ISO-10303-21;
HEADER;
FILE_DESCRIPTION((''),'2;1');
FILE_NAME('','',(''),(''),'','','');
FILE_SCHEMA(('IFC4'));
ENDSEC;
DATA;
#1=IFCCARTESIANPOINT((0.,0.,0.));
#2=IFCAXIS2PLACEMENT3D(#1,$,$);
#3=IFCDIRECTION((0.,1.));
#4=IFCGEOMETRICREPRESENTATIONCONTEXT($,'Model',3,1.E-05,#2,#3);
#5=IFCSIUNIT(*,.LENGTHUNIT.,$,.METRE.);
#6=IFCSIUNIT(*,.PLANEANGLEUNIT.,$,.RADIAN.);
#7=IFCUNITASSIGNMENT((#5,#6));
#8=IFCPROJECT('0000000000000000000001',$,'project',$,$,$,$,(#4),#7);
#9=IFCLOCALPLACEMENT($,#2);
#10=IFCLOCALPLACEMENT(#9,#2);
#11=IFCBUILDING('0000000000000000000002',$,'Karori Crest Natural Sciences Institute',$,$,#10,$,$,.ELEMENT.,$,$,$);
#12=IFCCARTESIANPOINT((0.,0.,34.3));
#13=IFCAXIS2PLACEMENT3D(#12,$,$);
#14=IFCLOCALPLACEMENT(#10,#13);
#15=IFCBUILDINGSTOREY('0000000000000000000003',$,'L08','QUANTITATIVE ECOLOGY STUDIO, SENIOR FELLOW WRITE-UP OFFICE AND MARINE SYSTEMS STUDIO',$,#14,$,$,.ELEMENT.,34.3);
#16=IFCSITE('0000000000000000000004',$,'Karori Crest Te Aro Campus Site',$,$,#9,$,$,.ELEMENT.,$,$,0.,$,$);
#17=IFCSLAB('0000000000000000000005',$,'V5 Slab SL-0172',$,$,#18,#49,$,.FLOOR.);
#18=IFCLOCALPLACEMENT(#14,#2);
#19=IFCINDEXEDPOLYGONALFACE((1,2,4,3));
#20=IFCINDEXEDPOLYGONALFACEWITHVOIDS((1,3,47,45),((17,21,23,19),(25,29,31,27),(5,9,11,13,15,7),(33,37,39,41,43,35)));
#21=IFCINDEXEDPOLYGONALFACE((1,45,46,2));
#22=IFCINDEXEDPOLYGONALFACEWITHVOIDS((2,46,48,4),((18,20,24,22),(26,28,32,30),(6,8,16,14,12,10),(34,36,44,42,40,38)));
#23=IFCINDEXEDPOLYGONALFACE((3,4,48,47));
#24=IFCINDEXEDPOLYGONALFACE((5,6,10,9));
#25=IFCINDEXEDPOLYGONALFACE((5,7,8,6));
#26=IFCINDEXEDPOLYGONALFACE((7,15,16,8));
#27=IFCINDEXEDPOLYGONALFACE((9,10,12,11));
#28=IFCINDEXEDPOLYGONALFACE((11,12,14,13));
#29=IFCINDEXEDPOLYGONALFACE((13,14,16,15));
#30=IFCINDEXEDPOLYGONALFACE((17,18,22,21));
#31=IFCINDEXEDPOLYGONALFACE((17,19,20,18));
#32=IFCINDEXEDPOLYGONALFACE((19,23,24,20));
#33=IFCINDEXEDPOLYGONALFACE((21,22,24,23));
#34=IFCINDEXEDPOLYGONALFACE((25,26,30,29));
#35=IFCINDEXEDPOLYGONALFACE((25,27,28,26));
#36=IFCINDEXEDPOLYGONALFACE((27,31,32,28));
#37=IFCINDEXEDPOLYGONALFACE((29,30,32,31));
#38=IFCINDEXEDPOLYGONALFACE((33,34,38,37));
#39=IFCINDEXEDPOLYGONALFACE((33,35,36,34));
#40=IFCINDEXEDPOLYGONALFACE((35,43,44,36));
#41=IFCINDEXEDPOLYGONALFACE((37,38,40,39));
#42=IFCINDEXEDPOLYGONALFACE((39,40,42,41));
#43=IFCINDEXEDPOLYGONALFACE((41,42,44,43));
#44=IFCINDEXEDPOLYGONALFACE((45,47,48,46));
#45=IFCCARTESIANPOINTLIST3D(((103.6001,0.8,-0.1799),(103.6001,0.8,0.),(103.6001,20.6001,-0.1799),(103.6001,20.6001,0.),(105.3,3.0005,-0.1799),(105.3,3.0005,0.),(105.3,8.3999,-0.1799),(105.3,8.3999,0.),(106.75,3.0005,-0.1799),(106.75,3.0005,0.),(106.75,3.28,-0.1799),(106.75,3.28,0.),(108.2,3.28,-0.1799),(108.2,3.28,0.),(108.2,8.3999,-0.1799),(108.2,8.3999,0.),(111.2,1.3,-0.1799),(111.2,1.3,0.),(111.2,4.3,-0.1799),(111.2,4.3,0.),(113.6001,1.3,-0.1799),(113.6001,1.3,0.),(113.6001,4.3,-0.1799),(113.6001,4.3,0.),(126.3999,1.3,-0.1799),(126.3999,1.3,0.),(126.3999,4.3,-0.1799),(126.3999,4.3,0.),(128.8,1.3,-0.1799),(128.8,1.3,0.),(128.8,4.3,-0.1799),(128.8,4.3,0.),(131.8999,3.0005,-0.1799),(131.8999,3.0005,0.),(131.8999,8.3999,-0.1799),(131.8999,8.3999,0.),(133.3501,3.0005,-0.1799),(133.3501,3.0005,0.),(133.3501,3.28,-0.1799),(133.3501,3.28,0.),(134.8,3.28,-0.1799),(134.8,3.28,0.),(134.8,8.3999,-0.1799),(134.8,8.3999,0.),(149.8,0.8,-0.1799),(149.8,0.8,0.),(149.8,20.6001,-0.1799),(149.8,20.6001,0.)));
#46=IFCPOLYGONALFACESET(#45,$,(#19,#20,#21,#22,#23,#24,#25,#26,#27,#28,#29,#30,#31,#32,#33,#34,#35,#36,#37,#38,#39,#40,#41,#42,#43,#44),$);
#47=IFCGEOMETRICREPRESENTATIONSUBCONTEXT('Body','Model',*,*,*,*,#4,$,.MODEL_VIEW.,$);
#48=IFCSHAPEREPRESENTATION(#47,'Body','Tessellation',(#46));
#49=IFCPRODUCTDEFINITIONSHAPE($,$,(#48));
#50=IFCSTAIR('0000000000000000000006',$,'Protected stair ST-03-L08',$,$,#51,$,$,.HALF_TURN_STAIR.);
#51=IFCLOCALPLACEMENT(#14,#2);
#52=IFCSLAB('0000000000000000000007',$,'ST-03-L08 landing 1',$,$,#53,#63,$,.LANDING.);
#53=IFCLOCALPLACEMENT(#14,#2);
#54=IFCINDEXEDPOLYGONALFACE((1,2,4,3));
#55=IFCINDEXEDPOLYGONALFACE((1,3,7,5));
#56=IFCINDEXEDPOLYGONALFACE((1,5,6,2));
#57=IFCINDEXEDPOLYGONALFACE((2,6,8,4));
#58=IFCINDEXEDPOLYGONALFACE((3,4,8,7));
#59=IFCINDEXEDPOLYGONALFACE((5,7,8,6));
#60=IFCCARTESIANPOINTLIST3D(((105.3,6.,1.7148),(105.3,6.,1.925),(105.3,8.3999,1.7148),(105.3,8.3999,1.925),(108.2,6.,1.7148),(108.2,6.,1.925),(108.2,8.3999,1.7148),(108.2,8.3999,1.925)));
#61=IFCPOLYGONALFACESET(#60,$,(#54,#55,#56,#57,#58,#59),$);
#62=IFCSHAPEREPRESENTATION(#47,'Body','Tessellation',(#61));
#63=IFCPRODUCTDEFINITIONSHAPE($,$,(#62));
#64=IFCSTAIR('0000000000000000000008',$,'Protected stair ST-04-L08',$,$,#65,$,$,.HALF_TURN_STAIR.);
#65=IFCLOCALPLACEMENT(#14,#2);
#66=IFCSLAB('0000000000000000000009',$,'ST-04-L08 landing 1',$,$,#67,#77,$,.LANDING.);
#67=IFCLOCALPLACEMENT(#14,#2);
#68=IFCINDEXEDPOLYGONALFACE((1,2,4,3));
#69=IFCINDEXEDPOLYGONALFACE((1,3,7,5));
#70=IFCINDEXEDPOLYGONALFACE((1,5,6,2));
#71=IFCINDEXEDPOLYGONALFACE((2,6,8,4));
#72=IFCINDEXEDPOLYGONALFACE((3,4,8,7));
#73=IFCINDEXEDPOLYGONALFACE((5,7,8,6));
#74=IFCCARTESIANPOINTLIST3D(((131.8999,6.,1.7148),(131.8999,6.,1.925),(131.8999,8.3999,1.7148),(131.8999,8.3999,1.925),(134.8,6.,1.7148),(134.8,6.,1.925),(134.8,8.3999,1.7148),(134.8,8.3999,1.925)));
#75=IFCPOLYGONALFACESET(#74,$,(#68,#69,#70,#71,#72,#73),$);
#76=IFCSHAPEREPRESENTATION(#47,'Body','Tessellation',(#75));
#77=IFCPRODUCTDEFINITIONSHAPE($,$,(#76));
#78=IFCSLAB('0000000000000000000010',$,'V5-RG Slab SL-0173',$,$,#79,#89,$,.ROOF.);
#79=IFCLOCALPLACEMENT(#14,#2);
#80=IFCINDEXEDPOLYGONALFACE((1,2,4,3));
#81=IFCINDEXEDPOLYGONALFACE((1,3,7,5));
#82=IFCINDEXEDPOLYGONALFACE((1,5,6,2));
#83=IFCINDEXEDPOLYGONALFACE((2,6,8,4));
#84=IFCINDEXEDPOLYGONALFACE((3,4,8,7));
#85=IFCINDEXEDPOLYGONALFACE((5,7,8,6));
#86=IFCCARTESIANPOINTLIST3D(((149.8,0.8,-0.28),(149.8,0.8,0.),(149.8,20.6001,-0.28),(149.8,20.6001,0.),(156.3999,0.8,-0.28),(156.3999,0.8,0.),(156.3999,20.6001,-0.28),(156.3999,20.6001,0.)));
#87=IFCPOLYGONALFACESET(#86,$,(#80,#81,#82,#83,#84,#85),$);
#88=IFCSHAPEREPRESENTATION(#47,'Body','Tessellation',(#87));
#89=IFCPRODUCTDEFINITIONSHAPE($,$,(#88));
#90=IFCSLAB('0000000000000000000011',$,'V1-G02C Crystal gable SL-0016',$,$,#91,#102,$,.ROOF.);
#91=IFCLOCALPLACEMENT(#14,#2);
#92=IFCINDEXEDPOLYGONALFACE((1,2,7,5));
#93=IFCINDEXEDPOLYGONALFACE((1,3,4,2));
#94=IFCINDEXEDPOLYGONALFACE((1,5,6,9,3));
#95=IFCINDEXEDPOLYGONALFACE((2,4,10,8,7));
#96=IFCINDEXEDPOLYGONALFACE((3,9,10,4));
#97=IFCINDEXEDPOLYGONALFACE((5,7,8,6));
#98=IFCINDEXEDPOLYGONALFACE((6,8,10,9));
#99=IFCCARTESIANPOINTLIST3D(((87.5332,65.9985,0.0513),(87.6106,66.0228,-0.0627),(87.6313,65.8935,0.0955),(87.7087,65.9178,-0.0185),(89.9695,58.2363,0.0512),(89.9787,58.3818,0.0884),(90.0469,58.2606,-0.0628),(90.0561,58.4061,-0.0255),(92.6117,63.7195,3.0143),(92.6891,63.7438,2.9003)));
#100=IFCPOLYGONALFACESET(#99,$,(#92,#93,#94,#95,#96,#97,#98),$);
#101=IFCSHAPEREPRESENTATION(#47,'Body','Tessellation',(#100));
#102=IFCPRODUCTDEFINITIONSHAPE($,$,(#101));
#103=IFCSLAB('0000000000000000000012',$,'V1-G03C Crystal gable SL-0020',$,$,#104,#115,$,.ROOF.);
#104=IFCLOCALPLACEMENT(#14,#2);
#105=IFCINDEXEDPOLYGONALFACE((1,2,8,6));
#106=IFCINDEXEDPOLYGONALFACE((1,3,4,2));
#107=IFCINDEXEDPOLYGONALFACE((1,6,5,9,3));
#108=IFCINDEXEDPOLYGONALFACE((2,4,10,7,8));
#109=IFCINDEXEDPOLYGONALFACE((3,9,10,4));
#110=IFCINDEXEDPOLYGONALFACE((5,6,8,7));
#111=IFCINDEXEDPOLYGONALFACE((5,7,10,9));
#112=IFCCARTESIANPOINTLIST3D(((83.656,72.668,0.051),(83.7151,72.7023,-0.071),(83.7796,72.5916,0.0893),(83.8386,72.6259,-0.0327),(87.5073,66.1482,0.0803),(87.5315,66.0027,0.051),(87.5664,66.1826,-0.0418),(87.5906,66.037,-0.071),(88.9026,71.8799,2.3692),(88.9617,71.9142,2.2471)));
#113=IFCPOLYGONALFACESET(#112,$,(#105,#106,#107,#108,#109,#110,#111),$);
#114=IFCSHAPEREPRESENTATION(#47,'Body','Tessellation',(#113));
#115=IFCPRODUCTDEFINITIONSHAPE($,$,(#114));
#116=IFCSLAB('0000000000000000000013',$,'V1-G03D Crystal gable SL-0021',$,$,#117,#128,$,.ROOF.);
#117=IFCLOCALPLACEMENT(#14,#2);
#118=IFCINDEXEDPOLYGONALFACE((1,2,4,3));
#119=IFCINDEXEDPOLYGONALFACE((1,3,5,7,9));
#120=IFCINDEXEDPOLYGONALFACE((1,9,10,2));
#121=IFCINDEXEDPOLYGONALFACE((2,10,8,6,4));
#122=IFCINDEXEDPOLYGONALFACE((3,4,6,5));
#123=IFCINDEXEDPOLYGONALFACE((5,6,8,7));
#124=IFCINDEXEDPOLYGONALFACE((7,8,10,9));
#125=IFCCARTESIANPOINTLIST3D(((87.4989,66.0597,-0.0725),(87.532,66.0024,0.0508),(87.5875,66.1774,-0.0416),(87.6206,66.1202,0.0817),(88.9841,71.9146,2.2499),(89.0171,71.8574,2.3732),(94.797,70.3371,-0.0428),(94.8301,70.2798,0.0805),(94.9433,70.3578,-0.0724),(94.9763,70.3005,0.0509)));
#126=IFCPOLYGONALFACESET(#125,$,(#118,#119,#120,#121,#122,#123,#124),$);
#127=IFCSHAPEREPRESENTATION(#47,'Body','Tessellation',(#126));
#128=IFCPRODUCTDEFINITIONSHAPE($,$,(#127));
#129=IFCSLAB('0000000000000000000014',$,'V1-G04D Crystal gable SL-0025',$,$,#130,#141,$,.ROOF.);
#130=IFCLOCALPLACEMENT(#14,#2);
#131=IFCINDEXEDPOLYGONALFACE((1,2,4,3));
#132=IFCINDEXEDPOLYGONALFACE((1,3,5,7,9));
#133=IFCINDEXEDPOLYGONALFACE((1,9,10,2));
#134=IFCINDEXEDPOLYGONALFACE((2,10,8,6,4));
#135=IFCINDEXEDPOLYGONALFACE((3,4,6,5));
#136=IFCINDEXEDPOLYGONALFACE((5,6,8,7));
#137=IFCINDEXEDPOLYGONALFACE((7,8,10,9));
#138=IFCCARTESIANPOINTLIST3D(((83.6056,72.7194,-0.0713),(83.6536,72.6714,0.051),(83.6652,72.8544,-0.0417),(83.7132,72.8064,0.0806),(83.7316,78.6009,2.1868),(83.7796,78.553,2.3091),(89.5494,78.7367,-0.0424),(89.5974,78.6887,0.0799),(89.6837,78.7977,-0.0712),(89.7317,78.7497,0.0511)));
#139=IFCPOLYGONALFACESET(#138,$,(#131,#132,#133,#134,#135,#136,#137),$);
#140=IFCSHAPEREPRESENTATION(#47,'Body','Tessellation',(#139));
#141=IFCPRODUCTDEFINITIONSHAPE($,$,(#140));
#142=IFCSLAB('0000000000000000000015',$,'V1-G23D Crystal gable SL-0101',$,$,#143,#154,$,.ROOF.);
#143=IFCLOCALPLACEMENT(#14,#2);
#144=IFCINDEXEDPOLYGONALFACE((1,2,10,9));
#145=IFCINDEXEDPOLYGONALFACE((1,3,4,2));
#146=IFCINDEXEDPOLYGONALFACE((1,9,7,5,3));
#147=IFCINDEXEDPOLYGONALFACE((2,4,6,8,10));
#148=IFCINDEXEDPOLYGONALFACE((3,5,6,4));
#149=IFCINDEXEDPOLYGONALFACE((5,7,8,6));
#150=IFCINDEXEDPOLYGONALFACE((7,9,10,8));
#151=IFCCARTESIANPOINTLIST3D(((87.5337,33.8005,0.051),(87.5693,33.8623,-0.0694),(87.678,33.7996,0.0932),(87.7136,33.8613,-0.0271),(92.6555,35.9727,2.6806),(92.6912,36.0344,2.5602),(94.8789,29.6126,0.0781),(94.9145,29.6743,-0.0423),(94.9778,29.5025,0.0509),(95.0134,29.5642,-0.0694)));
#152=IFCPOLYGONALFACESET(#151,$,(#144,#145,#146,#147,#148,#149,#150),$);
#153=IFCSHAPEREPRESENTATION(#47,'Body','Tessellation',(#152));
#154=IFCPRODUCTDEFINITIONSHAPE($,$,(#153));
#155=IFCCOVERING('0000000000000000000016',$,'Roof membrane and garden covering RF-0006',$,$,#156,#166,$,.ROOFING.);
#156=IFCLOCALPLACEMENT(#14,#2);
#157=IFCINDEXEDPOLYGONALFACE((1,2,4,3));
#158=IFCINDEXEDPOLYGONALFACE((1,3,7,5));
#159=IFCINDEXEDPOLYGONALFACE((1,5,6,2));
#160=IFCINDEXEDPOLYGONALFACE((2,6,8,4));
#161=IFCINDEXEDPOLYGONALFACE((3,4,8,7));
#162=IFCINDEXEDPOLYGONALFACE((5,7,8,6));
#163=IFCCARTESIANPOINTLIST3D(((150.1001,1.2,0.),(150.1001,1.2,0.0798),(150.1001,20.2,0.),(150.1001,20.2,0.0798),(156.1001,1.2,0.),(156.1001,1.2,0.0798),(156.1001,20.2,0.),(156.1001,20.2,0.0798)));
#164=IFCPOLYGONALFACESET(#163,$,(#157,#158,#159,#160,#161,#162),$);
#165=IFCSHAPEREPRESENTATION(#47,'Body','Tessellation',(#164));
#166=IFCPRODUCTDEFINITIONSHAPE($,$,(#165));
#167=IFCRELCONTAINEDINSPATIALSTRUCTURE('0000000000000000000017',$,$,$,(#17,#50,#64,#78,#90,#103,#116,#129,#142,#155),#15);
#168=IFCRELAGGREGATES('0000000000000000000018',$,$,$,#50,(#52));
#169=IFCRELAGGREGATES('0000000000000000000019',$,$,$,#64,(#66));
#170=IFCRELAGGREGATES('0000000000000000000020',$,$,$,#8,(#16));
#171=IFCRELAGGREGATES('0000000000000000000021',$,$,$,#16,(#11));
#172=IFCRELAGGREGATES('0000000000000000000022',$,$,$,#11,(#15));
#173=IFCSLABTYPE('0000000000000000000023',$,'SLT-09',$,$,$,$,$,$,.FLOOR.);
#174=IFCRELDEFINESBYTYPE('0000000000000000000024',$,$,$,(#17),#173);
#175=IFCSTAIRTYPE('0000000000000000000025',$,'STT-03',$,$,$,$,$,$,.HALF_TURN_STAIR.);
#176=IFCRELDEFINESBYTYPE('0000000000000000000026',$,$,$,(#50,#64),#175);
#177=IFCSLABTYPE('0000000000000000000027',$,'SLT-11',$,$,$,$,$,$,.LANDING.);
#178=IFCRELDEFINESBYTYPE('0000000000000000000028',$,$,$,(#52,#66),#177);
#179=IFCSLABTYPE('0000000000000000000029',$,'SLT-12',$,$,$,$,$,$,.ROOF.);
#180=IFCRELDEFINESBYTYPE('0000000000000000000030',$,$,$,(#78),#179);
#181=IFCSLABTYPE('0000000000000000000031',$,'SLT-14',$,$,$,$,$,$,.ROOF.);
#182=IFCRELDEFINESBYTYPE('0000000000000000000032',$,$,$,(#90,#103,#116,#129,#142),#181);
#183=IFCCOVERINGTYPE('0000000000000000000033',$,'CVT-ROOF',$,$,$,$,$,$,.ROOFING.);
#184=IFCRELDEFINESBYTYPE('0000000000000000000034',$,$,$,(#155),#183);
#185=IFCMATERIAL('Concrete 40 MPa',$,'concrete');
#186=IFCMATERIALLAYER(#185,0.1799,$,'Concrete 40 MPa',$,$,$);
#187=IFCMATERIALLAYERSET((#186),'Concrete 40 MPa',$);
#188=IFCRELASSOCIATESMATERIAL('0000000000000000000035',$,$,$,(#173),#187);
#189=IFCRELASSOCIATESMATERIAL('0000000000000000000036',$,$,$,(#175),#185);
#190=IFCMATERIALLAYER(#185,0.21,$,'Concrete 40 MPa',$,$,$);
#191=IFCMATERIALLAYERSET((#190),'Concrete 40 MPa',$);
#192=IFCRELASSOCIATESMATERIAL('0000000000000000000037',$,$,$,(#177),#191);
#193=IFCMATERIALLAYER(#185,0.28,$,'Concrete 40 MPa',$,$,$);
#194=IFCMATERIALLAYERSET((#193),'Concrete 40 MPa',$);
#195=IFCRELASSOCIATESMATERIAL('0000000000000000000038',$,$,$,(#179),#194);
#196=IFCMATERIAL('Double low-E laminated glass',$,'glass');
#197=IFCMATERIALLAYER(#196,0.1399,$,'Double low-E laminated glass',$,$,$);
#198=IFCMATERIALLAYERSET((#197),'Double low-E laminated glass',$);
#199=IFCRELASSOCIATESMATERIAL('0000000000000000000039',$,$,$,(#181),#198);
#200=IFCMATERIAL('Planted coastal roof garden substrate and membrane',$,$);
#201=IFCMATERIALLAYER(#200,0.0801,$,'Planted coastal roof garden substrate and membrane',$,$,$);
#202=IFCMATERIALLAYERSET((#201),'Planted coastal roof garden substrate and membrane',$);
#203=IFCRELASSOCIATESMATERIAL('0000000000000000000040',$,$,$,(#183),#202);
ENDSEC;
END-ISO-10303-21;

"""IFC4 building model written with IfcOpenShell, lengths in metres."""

from ifc_helpers import new_model, si_unit, direction, frame, origin, place, context, subcontext, project, spatial, polyline, outline, extrude, material, layer, layer_set, type_object, element, aggregate, save


model = new_model("IFC4")

# Units and contexts
model_context = context("Model", 3, precision=1e-05, world=origin(), true_north=direction((0.0, 1.0)))
body_context = subcontext(model_context, "Body", "Model", "MODEL_VIEW")
ifc_project = project(units=[si_unit("LENGTHUNIT", "METRE"), si_unit("PLANEANGLEUNIT", "RADIAN")], contexts=[model_context])

# Site, building, storey
site_placement = place(None, origin())
site = spatial("IfcSite", under=ifc_project, at=site_placement, Name="Karori Crest Te Aro Campus Site", CompositionType="ELEMENT", RefElevation=0.0)
building_placement = place(site_placement, origin())
building = spatial("IfcBuilding", under=site, at=building_placement, Name="Karori Crest Natural Sciences Institute", CompositionType="ELEMENT")
storey_placement = place(building_placement, frame((0.0, 0.0, 34.3)))
storey = spatial("IfcBuildingStorey", under=building, at=storey_placement, Name="L08", Description="QUANTITATIVE ECOLOGY STUDIO, SENIOR FELLOW WRITE-UP OFFICE AND MARINE SYSTEMS STUDIO", CompositionType="ELEMENT", Elevation=34.3)

# Slab
ifc_material_1 = material(Name="Concrete 40 MPa", Category="concrete")
ifc_layer_1 = layer(ifc_material_1, 0.1799, Name="Concrete 40 MPa")
ifc_layer_set_1 = layer_set([ifc_layer_1], Name="Concrete 40 MPa")
slab_type_1 = type_object("IfcSlabType", Name="SLT-09", PredefinedType="FLOOR", material=ifc_layer_set_1)
slab_1_placement = place(storey_placement, frame((0.0, 0.0, -0.1799)))
element("IfcSlab", 1, at=slab_1_placement, inside=storey, type_object=slab_type_1, Name="V5 Slab SL-0172", PredefinedType="FLOOR", context=body_context, shape_type="SweptSolid", body=[
    extrude(outline(polyline([(103.6001, 0.8), (149.8, 0.8), (149.8, 20.6001), (103.6001, 20.6001), (103.6001, 0.8)]), holes=[polyline([(108.2, 3.28), (106.75, 3.28), (106.75, 3.0005), (105.3, 3.0005), (105.3, 8.3999), (108.2, 8.3999), (108.2, 3.28)]), polyline([(134.8, 3.28), (133.3501, 3.28), (133.3501, 3.0005), (131.8999, 3.0005), (131.8999, 8.3999), (134.8, 8.3999), (134.8, 3.28)]), polyline([(111.2, 4.3), (113.6001, 4.3), (113.6001, 1.3), (111.2, 1.3), (111.2, 4.3)]), polyline([(126.3999, 4.3), (128.8, 4.3), (128.8, 1.3), (126.3999, 1.3), (126.3999, 4.3)])]), origin(), (0.0, 0.0, 1.0), 0.1799),
])

# Stairs, slabs
stair_type = type_object("IfcStairType", Name="STT-03", PredefinedType="HALF_TURN_STAIR", material=ifc_material_1)
stair_1_placement = place(storey_placement, origin())
stair_1 = element("IfcStair", 2, at=stair_1_placement, inside=storey, type_object=stair_type, Name="Protected stair ST-03-L08", PredefinedType="HALF_TURN_STAIR")
ifc_layer_2 = layer(ifc_material_1, 0.21, Name="Concrete 40 MPa")
ifc_layer_set_2 = layer_set([ifc_layer_2], Name="Concrete 40 MPa")
slab_type_2 = type_object("IfcSlabType", Name="SLT-11", PredefinedType="LANDING", material=ifc_layer_set_2)
slab_2_placement = place(storey_placement, frame((0.0, 0.0, 1.7148)))
slab_2 = element("IfcSlab", 3, at=slab_2_placement, type_object=slab_type_2, Name="ST-03-L08 landing 1", PredefinedType="LANDING", context=body_context, shape_type="SweptSolid", body=[
    extrude(outline(polyline([(108.2, 6.0), (108.2, 8.3999), (105.3, 8.3999), (105.3, 6.0), (108.2, 6.0)])), origin(), (0.0, 0.0, 1.0), 0.2102),
])
aggregate(stair_1, [slab_2])
stair_2_placement = place(storey_placement, origin())
stair_2 = element("IfcStair", 4, at=stair_2_placement, inside=storey, type_object=stair_type, Name="Protected stair ST-04-L08", PredefinedType="HALF_TURN_STAIR")
slab_3_placement = place(storey_placement, frame((0.0, 0.0, 1.7148)))
slab_3 = element("IfcSlab", 5, at=slab_3_placement, type_object=slab_type_2, Name="ST-04-L08 landing 1", PredefinedType="LANDING", context=body_context, shape_type="SweptSolid", body=[
    extrude(outline(polyline([(134.8, 6.0), (134.8, 8.3999), (131.8999, 8.3999), (131.8999, 6.0), (134.8, 6.0)])), origin(), (0.0, 0.0, 1.0), 0.2102),
])
aggregate(stair_2, [slab_3])

# Slabs
ifc_layer_3 = layer(ifc_material_1, 0.28, Name="Concrete 40 MPa")
ifc_layer_set_3 = layer_set([ifc_layer_3], Name="Concrete 40 MPa")
slab_type_3 = type_object("IfcSlabType", Name="SLT-12", PredefinedType="ROOF", material=ifc_layer_set_3)
slab_4_placement = place(storey_placement, frame((0.0, 0.0, -0.28)))
element("IfcSlab", 6, at=slab_4_placement, inside=storey, type_object=slab_type_3, Name="V5-RG Slab SL-0173", PredefinedType="ROOF", context=body_context, shape_type="SweptSolid", body=[
    extrude(outline(polyline([(149.8, 0.8), (156.3999, 0.8), (156.3999, 20.6001), (149.8, 20.6001), (149.8, 0.8)])), origin(), (0.0, 0.0, 1.0), 0.28),
])
ifc_material_2 = material(Name="Double low-E laminated glass", Category="glass")
ifc_layer_4 = layer(ifc_material_2, 0.1399, Name="Double low-E laminated glass")
ifc_layer_set_4 = layer_set([ifc_layer_4], Name="Double low-E laminated glass")
slab_type_4 = type_object("IfcSlabType", Name="SLT-14", PredefinedType="ROOF", material=ifc_layer_set_4)
slab_5_placement = place(storey_placement, frame((87.5332, 65.9985, 0.0513), z_axis=(-0.553265, -0.173663, 0.814702), x_axis=(0.299467, -0.954107, -0.00001)))
element("IfcSlab", 7, at=slab_5_placement, inside=storey, type_object=slab_type_4, Name="V1-G02C Crystal gable SL-0016", PredefinedType="ROOF", context=body_context, shape_type="SweptSolid", body=[
    extrude(outline(polyline([(0.0, 0.0), (8.1356, 0.0), (7.9995, 0.0642), (3.6952, 5.1097), (0.1296, 0.0763), (0.0, 0.0)])), origin(), (0.0, 0.0, -1.0), 0.1399),
])
slab_6_placement = place(storey_placement, frame((83.656, 72.668, 0.051), z_axis=(-0.422399, -0.245601, 0.872502), x_axis=(0.502652, -0.864489, 0.0)))
element("IfcSlab", 8, at=slab_6_placement, inside=storey, type_object=slab_type_4, Name="V1-G03C Crystal gable SL-0020", PredefinedType="ROOF", context=body_context, shape_type="SweptSolid", body=[
    extrude(outline(polyline([(0.0, 0.0), (7.7101, 0.0), (7.5721, 0.0599), (3.3185, 4.7444), (0.1282, 0.0784), (0.0, 0.0)])), origin(), (0.0, 0.0, -1.0), 0.1399),
])
slab_7_placement = place(storey_placement, frame((87.532, 66.0024, 0.0508), z_axis=(0.236412, -0.409487, 0.881152), x_axis=(0.866022, 0.500005, 0.000009)))
element("IfcSlab", 9, at=slab_7_placement, inside=storey, type_object=slab_type_4, Name="V1-G03D Crystal gable SL-0021", PredefinedType="ROOF", context=body_context, shape_type="SweptSolid", body=[
    extrude(outline(polyline([(0.0, 0.0), (8.596, 0.0), (8.459, 0.0627), (4.2137, 4.9116), (0.1356, 0.0654), (0.0, 0.0)])), origin(), (0.0, 0.0, -1.0), 0.1399),
])
slab_8_placement = place(storey_placement, frame((83.6536, 72.6714, 0.051), z_axis=(0.343062, -0.343066, 0.874422), x_axis=(0.707097, 0.707116, 0.000011)))
element("IfcSlab", 10, at=slab_8_placement, inside=storey, type_object=slab_type_4, Name="V1-G04D Crystal gable SL-0025", PredefinedType="ROOF", context=body_context, shape_type="SweptSolid", body=[
    extrude(outline(polyline([(0.0, 0.0), (8.5959, 0.0), (8.4578, 0.0593), (4.2481, 4.6542), (0.1376, 0.061), (0.0, 0.0)])), origin(), (0.0, 0.0, -1.0), 0.1399),
])
slab_9_placement = place(storey_placement, frame((87.5337, 33.8005, 0.051), z_axis=(-0.254705, -0.441158, 0.860526), x_axis=(0.866016, -0.500017, -0.000009)))
element("IfcSlab", 11, at=slab_9_placement, inside=storey, type_object=slab_type_4, Name="V1-G23D Crystal gable SL-0101", PredefinedType="ROOF", context=body_context, shape_type="SweptSolid", body=[
    extrude(outline(polyline([(0.0, 0.0), (8.5958, 0.0), (8.4551, 0.0533), (3.3495, 5.1621), (0.1254, 0.0829), (0.0, 0.0)])), origin(), (0.0, 0.0, -1.0), 0.1399),
])

# Covering
ifc_material_3 = material(Name="Planted coastal roof garden substrate and membrane")
ifc_layer_5 = layer(ifc_material_3, 0.0801, Name="Planted coastal roof garden substrate and membrane")
ifc_layer_set_5 = layer_set([ifc_layer_5], Name="Planted coastal roof garden substrate and membrane")
covering_type = type_object("IfcCoveringType", Name="CVT-ROOF", PredefinedType="ROOFING", material=ifc_layer_set_5)
covering_placement = place(storey_placement, origin())
element("IfcCovering", 12, at=covering_placement, inside=storey, type_object=covering_type, Name="Roof membrane and garden covering RF-0006", PredefinedType="ROOFING", context=body_context, shape_type="SweptSolid", body=[
    extrude(outline(polyline([(150.1001, 1.2), (156.1001, 1.2), (156.1001, 20.2), (150.1001, 20.2), (150.1001, 1.2)])), origin(), (0.0, 0.0, 1.0), 0.0798),
])

save(model, "model.ifc")
